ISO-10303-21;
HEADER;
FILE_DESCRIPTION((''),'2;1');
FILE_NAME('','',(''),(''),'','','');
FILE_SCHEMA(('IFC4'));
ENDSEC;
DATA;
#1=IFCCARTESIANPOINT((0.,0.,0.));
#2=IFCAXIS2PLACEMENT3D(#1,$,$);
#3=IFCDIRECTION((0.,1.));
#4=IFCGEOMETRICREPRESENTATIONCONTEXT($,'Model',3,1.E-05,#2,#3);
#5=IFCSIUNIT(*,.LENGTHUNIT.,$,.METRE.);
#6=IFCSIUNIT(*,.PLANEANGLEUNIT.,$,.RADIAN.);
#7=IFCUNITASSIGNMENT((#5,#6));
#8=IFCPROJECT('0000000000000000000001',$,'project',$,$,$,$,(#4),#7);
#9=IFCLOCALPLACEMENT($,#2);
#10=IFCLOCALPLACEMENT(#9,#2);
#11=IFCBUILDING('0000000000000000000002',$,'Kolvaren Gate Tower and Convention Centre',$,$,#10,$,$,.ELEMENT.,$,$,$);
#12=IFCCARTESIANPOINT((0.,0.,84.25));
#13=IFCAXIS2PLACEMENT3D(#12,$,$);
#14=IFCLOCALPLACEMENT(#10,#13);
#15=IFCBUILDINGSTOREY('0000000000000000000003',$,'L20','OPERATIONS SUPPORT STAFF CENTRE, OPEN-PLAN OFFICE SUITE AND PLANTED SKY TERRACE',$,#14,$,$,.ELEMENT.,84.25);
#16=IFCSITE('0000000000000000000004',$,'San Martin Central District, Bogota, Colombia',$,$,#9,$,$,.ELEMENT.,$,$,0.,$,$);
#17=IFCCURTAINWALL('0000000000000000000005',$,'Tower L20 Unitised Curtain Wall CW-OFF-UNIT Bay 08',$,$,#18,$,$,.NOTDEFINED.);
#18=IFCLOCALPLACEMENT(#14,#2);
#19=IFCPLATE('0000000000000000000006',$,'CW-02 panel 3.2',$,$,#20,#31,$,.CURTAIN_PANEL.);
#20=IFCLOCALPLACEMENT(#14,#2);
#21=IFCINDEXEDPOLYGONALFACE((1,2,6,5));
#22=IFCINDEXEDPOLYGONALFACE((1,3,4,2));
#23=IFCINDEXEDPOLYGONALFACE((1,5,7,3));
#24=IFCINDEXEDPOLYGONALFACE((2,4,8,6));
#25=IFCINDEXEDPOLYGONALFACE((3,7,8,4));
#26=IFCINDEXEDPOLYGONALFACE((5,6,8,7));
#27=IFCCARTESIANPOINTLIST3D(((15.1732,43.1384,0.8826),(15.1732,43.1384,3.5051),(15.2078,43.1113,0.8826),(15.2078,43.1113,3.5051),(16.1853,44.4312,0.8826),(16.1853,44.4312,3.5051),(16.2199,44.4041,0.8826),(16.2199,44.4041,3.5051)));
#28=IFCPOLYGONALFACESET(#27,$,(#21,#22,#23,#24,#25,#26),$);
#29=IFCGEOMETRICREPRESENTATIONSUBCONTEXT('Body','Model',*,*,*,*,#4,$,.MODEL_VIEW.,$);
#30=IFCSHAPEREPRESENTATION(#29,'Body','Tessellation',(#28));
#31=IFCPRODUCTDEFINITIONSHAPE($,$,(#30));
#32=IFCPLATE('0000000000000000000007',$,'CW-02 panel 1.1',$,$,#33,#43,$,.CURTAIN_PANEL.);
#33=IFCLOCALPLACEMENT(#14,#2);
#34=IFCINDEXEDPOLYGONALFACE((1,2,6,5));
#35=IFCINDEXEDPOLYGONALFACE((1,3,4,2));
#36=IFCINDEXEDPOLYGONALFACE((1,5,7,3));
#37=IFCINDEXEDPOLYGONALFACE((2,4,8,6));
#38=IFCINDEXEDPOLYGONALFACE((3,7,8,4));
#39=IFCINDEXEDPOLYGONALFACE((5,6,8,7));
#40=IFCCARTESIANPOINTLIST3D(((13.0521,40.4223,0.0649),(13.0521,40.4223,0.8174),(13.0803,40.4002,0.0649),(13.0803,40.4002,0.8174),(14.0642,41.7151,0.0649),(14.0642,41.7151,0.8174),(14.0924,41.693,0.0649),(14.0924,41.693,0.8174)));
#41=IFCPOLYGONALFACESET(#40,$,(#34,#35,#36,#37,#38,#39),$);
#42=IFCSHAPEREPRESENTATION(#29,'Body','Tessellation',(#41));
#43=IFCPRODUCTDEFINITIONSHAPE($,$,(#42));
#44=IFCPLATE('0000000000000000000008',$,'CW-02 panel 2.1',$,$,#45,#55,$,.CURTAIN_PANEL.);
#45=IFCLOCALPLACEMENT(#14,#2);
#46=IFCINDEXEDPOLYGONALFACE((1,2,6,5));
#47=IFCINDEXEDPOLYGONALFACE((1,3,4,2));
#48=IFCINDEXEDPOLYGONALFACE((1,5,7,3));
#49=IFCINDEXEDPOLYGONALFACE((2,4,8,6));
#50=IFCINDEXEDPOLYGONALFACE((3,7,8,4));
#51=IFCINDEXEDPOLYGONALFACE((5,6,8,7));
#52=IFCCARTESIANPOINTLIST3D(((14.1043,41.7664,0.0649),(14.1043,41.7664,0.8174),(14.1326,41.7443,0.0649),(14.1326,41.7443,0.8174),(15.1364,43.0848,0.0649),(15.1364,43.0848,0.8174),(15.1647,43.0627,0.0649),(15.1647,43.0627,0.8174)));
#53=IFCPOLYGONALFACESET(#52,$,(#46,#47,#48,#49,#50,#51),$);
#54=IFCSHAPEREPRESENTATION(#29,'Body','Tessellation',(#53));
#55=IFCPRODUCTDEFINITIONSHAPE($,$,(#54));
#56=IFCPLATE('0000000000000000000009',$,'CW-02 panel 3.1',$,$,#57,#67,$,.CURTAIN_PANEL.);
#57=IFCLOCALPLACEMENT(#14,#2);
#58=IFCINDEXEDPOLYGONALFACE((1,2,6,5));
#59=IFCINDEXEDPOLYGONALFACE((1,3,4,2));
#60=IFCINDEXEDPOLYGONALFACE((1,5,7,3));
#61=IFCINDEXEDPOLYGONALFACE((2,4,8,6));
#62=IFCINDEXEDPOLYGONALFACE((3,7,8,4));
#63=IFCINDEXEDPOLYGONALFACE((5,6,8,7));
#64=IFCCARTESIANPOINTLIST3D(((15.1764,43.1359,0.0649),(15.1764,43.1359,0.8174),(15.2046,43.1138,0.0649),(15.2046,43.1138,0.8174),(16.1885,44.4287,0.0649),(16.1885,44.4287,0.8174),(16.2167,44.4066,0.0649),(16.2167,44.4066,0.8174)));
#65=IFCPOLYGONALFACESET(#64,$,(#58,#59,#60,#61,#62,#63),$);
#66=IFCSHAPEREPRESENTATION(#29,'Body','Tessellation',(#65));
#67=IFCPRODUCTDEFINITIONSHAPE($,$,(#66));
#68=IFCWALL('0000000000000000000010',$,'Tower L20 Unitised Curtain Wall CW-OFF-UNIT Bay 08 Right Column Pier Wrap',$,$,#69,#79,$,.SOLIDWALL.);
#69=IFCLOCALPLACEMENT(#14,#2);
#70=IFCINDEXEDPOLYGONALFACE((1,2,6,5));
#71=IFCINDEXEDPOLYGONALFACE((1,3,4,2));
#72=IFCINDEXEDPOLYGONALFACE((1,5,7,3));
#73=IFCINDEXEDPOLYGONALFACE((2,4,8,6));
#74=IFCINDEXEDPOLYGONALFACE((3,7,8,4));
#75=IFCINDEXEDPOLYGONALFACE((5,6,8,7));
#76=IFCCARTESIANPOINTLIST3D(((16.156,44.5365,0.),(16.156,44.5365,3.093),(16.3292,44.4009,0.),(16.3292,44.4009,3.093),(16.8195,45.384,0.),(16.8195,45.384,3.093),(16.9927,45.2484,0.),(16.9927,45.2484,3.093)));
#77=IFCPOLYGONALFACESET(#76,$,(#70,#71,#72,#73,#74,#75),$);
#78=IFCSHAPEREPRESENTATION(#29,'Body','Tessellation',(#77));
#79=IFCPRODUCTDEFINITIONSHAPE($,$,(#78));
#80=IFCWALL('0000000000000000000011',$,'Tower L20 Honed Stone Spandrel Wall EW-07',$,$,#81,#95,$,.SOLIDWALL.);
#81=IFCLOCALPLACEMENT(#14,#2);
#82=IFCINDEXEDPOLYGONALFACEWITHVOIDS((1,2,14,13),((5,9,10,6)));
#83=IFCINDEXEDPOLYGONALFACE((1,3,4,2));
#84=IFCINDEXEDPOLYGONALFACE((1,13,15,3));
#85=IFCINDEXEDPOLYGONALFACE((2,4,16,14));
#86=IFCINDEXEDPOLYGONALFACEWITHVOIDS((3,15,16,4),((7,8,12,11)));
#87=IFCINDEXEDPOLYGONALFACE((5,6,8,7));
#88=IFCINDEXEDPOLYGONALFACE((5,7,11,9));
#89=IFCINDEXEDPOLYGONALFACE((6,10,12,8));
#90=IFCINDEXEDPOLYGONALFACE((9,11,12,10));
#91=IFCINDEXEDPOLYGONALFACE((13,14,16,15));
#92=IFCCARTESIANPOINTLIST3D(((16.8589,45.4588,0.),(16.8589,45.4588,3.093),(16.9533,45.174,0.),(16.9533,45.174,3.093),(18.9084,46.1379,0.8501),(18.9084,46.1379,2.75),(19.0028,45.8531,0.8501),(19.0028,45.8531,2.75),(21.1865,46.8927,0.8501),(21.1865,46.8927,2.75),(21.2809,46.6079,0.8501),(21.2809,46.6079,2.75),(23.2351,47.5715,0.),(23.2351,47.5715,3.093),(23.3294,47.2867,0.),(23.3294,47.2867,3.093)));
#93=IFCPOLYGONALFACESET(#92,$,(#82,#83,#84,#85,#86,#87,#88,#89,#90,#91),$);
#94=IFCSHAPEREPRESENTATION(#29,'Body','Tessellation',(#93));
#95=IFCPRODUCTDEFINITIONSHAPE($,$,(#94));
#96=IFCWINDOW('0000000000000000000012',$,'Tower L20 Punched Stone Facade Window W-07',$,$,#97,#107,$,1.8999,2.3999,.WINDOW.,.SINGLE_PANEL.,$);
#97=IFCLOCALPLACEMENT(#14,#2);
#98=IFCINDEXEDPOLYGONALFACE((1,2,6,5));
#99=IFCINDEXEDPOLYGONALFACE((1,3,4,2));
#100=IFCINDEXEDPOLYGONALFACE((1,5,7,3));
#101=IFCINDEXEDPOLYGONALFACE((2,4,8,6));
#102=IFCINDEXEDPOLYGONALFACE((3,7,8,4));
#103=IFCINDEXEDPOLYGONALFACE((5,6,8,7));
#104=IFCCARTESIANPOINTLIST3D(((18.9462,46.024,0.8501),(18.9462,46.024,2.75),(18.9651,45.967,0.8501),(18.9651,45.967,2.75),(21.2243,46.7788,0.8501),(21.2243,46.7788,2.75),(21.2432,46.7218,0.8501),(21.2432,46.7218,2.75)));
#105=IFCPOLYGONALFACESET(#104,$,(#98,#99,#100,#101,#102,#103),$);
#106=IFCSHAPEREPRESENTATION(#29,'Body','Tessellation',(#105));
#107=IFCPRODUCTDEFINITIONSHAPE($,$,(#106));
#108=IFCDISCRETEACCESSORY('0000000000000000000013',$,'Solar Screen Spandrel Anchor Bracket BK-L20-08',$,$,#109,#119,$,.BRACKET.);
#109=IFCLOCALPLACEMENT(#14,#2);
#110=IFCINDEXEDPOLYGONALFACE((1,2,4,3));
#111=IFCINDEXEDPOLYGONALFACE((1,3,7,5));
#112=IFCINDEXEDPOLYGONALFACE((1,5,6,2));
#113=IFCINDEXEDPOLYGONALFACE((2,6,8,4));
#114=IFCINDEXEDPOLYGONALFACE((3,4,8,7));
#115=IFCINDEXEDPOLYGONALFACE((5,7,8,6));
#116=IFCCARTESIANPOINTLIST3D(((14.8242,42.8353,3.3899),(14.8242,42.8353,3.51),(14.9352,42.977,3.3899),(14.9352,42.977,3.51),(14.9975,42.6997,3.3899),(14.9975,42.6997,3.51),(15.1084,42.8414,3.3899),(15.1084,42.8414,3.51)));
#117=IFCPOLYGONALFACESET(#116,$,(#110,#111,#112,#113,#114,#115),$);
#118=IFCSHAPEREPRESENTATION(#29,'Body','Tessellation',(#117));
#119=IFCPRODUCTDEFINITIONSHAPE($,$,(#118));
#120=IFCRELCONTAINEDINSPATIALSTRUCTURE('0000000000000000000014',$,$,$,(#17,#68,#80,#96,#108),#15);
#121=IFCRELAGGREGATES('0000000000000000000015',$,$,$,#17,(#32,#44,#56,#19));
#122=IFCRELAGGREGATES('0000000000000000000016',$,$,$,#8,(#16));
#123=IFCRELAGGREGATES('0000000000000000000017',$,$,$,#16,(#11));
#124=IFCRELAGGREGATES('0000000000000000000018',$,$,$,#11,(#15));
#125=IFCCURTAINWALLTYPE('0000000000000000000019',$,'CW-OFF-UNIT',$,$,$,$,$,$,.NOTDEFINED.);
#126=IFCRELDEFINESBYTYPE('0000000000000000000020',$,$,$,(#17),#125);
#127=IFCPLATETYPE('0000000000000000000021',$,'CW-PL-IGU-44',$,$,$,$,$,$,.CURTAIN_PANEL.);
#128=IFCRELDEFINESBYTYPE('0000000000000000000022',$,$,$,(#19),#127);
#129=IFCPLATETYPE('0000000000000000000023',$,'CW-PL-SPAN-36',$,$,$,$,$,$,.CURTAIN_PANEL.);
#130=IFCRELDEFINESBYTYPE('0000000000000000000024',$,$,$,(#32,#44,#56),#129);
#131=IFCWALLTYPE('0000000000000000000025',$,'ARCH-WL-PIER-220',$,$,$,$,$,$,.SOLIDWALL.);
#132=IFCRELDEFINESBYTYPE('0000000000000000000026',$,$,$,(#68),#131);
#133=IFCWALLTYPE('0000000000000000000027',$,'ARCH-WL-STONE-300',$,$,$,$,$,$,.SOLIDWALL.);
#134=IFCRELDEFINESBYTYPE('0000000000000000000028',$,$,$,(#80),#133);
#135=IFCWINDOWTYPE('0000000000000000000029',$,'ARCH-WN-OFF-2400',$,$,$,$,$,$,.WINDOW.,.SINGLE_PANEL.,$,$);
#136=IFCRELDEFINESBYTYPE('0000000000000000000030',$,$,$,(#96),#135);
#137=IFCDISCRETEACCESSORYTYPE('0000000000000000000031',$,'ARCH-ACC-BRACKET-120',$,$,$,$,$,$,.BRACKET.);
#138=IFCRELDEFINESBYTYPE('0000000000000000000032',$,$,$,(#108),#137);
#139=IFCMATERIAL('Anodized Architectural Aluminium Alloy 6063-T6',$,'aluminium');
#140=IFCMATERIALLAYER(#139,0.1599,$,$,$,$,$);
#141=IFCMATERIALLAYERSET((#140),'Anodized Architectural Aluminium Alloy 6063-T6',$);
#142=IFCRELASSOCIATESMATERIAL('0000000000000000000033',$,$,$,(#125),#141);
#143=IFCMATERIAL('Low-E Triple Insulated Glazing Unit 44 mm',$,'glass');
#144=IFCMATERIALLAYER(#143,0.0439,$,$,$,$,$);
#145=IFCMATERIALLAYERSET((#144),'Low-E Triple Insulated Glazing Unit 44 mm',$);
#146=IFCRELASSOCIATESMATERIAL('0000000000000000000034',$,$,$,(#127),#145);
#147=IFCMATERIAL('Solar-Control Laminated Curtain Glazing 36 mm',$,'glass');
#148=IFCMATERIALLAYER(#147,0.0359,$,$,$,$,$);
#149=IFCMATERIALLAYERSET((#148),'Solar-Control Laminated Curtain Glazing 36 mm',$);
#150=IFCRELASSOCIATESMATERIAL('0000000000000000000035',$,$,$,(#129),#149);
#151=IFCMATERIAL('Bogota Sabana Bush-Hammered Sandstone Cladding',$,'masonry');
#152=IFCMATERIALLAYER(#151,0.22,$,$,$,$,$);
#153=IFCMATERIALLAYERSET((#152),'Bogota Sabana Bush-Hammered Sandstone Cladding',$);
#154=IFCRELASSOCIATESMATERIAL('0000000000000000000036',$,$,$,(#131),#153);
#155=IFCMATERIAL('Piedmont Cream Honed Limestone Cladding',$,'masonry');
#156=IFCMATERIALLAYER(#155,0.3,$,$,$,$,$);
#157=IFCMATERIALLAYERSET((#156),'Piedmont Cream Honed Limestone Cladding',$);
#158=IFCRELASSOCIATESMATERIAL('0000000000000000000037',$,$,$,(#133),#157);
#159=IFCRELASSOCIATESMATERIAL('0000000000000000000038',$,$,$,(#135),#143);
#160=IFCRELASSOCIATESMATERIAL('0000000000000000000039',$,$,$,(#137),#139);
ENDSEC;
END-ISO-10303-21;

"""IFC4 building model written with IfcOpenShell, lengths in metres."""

from ifc_helpers import new_model, si_unit, direction, frame, frame_2d, origin, origin_2d, place, context, subcontext, project, spatial, rectangle, extrude, material, layer, layer_set, type_object, element, fill, aggregate, save


model = new_model("IFC4")

# Units and contexts
model_context = context("Model", 3, precision=1e-05, world=origin(), true_north=direction((0.0, 1.0)))
body_context = subcontext(model_context, "Body", "Model", "MODEL_VIEW")
ifc_project = project(units=[si_unit("LENGTHUNIT", "METRE"), si_unit("PLANEANGLEUNIT", "RADIAN")], contexts=[model_context])

# Site, building, storey
site_placement = place(None, origin())
site = spatial("IfcSite", under=ifc_project, at=site_placement, Name="San Martin Central District, Bogota, Colombia", CompositionType="ELEMENT", RefElevation=0.0)
building_placement = place(site_placement, origin())
building = spatial("IfcBuilding", under=site, at=building_placement, Name="Kolvaren Gate Tower and Convention Centre", CompositionType="ELEMENT")
storey_placement = place(building_placement, frame((0.0, 0.0, 84.25)))
storey = spatial("IfcBuildingStorey", under=building, at=storey_placement, Name="L20", Description="OPERATIONS SUPPORT STAFF CENTRE, OPEN-PLAN OFFICE SUITE AND PLANTED SKY TERRACE", CompositionType="ELEMENT", Elevation=84.25)

# Curtain wall
ifc_material_1 = material(Name="Anodized Architectural Aluminium Alloy 6063-T6", Category="aluminium")
ifc_layer_1 = layer(ifc_material_1, 0.1599)
ifc_layer_set_1 = layer_set([ifc_layer_1], Name="Anodized Architectural Aluminium Alloy 6063-T6")
curtain_wall_type = type_object("IfcCurtainWallType", Name="CW-OFF-UNIT", PredefinedType="NOTDEFINED", material=ifc_layer_set_1)
curtain_wall_placement = place(storey_placement, origin())
curtain_wall = element("IfcCurtainWall", 1, at=curtain_wall_placement, inside=storey, type_object=curtain_wall_type, Name="Tower L20 Unitised Curtain Wall CW-OFF-UNIT Bay 08", PredefinedType="NOTDEFINED")

# Plates
ifc_material_2 = material(Name="Low-E Triple Insulated Glazing Unit 44 mm", Category="glass")
ifc_layer_2 = layer(ifc_material_2, 0.0439)
ifc_layer_set_2 = layer_set([ifc_layer_2], Name="Low-E Triple Insulated Glazing Unit 44 mm")
plate_type_1 = type_object("IfcPlateType", Name="CW-PL-IGU-44", PredefinedType="CURTAIN_PANEL", material=ifc_layer_set_2)
plate_1_placement = place(storey_placement, frame((15.6965, 43.7712, 0.8826), z_axis=(0.0, 0.0, 1.0), x_axis=(0.616438, 0.787403, 0.0)))
plate_1 = element("IfcPlate", 2, at=plate_1_placement, type_object=plate_type_1, Name="CW-02 panel 3.2", PredefinedType="CURTAIN_PANEL", context=body_context, shape_type="SweptSolid", body=[
    extrude(rectangle(XDim=1.6418, YDim=0.0439, at=origin_2d()), origin(), (0.0, 0.0, 1.0), 2.6226),
])
ifc_material_3 = material(Name="Solar-Control Laminated Curtain Glazing 36 mm", Category="glass")
ifc_layer_3 = layer(ifc_material_3, 0.0359)
ifc_layer_set_3 = layer_set([ifc_layer_3], Name="Solar-Control Laminated Curtain Glazing 36 mm")
plate_type_2 = type_object("IfcPlateType", Name="CW-PL-SPAN-36", PredefinedType="CURTAIN_PANEL", material=ifc_layer_set_3)
plate_2_placement = place(storey_placement, frame((13.5723, 41.0576, 0.0649), z_axis=(0.0, 0.0, 1.0), x_axis=(0.616438, 0.787403, 0.0)))
plate_2 = element("IfcPlate", 3, at=plate_2_placement, type_object=plate_type_2, Name="CW-02 panel 1.1", PredefinedType="CURTAIN_PANEL", context=body_context, shape_type="SweptSolid", body=[
    extrude(rectangle(XDim=1.6418, YDim=0.0359, at=origin_2d()), origin(), (0.0, 0.0, 1.0), 0.7524),
])
plate_3_placement = place(storey_placement, frame((14.6345, 42.4146, 0.0649), z_axis=(0.0, 0.0, 1.0), x_axis=(0.616438, 0.787403, 0.0)))
plate_3 = element("IfcPlate", 4, at=plate_3_placement, type_object=plate_type_2, Name="CW-02 panel 2.1", PredefinedType="CURTAIN_PANEL", context=body_context, shape_type="SweptSolid", body=[
    extrude(rectangle(XDim=1.6743, YDim=0.0359, at=origin_2d()), origin(), (0.0, 0.0, 1.0), 0.7524),
])
plate_4_placement = place(storey_placement, frame((15.6965, 43.7712, 0.0649), z_axis=(0.0, 0.0, 1.0), x_axis=(0.616438, 0.787403, 0.0)))
plate_4 = element("IfcPlate", 5, at=plate_4_placement, type_object=plate_type_2, Name="CW-02 panel 3.1", PredefinedType="CURTAIN_PANEL", context=body_context, shape_type="SweptSolid", body=[
    extrude(rectangle(XDim=1.6418, YDim=0.0359, at=origin_2d()), origin(), (0.0, 0.0, 1.0), 0.7524),
])
aggregate(curtain_wall, [plate_2, plate_3, plate_4, plate_1])

# Wall
ifc_material_4 = material(Name="Bogota Sabana Bush-Hammered Sandstone Cladding", Category="masonry")
ifc_layer_4 = layer(ifc_material_4, 0.22)
ifc_layer_set_4 = layer_set([ifc_layer_4], Name="Bogota Sabana Bush-Hammered Sandstone Cladding")
wall_type_1 = type_object("IfcWallType", Name="ARCH-WL-PIER-220", PredefinedType="SOLIDWALL", material=ifc_layer_set_4)
wall_1_placement = place(storey_placement, frame((16.2427, 44.4688, 0.0), z_axis=(0.0, 0.0, 1.0), x_axis=(0.616418, 0.787419, 0.0)))
element("IfcWall", 6, at=wall_1_placement, inside=storey, type_object=wall_type_1, Name="Tower L20 Unitised Curtain Wall CW-OFF-UNIT Bay 08 Right Column Pier Wrap", PredefinedType="SOLIDWALL", context=body_context, shape_type="SweptSolid", body=[
    extrude(rectangle(XDim=1.0764, YDim=0.22, at=frame_2d((0.5381, 0.0))), origin(), (0.0, 0.0, 1.0), 3.093),
])

# Wall, opening, window
ifc_material_5 = material(Name="Piedmont Cream Honed Limestone Cladding", Category="masonry")
ifc_layer_5 = layer(ifc_material_5, 0.3)
ifc_layer_set_5 = layer_set([ifc_layer_5], Name="Piedmont Cream Honed Limestone Cladding")
wall_type_2 = type_object("IfcWallType", Name="ARCH-WL-STONE-300", PredefinedType="SOLIDWALL", material=ifc_layer_set_5)
wall_2_placement = place(storey_placement, frame((16.9062, 45.3164, 0.0), z_axis=(0.0, 0.0, 1.0), x_axis=(0.949245, 0.314537, 0.0)))
wall_2 = element("IfcWall", 7, at=wall_2_placement, inside=storey, type_object=wall_type_2, Name="Tower L20 Honed Stone Spandrel Wall EW-07", PredefinedType="SOLIDWALL", context=body_context, shape_type="SweptSolid", body=[
    extrude(rectangle(XDim=6.717, YDim=0.3, at=frame_2d((3.3584, 0.0))), origin(), (0.0, 0.0, 1.0), 3.093),
])
opening_placement = place(wall_2_placement, frame((2.1589, 0.0, 0.8501)))
opening = element("IfcOpeningElement", 8, at=opening_placement, cuts=wall_2, PredefinedType="OPENING", context=body_context, shape_type="SweptSolid", body=[
    extrude(rectangle(XDim=2.3999, YDim=1.8999, at=frame_2d((1.2, 0.95))), frame((0.0, 0.1599, 0.0), z_axis=(0.0, -1.0, 0.0), x_axis=(1.0, 0.0, 0.0)), (0.0, 0.0, 1.0), 0.3201),
])
window_type = type_object("IfcWindowType", Name="ARCH-WN-OFF-2400", PartitioningType="SINGLE_PANEL", PredefinedType="WINDOW", material=ifc_material_2)
window_placement = place(opening_placement, origin())
window = element("IfcWindow", 9, at=window_placement, inside=storey, type_object=window_type, Name="Tower L20 Punched Stone Facade Window W-07", OverallHeight=1.8999, OverallWidth=2.3999, PartitioningType="SINGLE_PANEL", PredefinedType="WINDOW", context=body_context, shape_type="SweptSolid", body=[
    extrude(rectangle(XDim=2.3999, YDim=1.8999, at=frame_2d((1.2, 0.95))), frame((0.0, 0.03, 0.0), z_axis=(0.0, -1.0, 0.0), x_axis=(1.0, 0.0, 0.0)), (0.0, 0.0, 1.0), 0.0601),
])
fill(opening, window)

# Discrete accessory
discrete_accessory_type = type_object("IfcDiscreteAccessoryType", Name="ARCH-ACC-BRACKET-120", PredefinedType="BRACKET", material=ifc_material_1)
discrete_accessory_placement = place(storey_placement, frame((14.9663, 42.8384, 3.3899), z_axis=(0.0, 0.0, 1.0), x_axis=(0.616442, 0.7874, 0.0)))
element("IfcDiscreteAccessory", 10, at=discrete_accessory_placement, inside=storey, type_object=discrete_accessory_type, Name="Solar Screen Spandrel Anchor Bracket BK-L20-08", PredefinedType="BRACKET", context=body_context, shape_type="SweptSolid", body=[
    extrude(rectangle(XDim=0.1799, YDim=0.22, at=origin_2d()), origin(), (0.0, 0.0, 1.0), 0.1201),
])

save(model, "model.ifc")
